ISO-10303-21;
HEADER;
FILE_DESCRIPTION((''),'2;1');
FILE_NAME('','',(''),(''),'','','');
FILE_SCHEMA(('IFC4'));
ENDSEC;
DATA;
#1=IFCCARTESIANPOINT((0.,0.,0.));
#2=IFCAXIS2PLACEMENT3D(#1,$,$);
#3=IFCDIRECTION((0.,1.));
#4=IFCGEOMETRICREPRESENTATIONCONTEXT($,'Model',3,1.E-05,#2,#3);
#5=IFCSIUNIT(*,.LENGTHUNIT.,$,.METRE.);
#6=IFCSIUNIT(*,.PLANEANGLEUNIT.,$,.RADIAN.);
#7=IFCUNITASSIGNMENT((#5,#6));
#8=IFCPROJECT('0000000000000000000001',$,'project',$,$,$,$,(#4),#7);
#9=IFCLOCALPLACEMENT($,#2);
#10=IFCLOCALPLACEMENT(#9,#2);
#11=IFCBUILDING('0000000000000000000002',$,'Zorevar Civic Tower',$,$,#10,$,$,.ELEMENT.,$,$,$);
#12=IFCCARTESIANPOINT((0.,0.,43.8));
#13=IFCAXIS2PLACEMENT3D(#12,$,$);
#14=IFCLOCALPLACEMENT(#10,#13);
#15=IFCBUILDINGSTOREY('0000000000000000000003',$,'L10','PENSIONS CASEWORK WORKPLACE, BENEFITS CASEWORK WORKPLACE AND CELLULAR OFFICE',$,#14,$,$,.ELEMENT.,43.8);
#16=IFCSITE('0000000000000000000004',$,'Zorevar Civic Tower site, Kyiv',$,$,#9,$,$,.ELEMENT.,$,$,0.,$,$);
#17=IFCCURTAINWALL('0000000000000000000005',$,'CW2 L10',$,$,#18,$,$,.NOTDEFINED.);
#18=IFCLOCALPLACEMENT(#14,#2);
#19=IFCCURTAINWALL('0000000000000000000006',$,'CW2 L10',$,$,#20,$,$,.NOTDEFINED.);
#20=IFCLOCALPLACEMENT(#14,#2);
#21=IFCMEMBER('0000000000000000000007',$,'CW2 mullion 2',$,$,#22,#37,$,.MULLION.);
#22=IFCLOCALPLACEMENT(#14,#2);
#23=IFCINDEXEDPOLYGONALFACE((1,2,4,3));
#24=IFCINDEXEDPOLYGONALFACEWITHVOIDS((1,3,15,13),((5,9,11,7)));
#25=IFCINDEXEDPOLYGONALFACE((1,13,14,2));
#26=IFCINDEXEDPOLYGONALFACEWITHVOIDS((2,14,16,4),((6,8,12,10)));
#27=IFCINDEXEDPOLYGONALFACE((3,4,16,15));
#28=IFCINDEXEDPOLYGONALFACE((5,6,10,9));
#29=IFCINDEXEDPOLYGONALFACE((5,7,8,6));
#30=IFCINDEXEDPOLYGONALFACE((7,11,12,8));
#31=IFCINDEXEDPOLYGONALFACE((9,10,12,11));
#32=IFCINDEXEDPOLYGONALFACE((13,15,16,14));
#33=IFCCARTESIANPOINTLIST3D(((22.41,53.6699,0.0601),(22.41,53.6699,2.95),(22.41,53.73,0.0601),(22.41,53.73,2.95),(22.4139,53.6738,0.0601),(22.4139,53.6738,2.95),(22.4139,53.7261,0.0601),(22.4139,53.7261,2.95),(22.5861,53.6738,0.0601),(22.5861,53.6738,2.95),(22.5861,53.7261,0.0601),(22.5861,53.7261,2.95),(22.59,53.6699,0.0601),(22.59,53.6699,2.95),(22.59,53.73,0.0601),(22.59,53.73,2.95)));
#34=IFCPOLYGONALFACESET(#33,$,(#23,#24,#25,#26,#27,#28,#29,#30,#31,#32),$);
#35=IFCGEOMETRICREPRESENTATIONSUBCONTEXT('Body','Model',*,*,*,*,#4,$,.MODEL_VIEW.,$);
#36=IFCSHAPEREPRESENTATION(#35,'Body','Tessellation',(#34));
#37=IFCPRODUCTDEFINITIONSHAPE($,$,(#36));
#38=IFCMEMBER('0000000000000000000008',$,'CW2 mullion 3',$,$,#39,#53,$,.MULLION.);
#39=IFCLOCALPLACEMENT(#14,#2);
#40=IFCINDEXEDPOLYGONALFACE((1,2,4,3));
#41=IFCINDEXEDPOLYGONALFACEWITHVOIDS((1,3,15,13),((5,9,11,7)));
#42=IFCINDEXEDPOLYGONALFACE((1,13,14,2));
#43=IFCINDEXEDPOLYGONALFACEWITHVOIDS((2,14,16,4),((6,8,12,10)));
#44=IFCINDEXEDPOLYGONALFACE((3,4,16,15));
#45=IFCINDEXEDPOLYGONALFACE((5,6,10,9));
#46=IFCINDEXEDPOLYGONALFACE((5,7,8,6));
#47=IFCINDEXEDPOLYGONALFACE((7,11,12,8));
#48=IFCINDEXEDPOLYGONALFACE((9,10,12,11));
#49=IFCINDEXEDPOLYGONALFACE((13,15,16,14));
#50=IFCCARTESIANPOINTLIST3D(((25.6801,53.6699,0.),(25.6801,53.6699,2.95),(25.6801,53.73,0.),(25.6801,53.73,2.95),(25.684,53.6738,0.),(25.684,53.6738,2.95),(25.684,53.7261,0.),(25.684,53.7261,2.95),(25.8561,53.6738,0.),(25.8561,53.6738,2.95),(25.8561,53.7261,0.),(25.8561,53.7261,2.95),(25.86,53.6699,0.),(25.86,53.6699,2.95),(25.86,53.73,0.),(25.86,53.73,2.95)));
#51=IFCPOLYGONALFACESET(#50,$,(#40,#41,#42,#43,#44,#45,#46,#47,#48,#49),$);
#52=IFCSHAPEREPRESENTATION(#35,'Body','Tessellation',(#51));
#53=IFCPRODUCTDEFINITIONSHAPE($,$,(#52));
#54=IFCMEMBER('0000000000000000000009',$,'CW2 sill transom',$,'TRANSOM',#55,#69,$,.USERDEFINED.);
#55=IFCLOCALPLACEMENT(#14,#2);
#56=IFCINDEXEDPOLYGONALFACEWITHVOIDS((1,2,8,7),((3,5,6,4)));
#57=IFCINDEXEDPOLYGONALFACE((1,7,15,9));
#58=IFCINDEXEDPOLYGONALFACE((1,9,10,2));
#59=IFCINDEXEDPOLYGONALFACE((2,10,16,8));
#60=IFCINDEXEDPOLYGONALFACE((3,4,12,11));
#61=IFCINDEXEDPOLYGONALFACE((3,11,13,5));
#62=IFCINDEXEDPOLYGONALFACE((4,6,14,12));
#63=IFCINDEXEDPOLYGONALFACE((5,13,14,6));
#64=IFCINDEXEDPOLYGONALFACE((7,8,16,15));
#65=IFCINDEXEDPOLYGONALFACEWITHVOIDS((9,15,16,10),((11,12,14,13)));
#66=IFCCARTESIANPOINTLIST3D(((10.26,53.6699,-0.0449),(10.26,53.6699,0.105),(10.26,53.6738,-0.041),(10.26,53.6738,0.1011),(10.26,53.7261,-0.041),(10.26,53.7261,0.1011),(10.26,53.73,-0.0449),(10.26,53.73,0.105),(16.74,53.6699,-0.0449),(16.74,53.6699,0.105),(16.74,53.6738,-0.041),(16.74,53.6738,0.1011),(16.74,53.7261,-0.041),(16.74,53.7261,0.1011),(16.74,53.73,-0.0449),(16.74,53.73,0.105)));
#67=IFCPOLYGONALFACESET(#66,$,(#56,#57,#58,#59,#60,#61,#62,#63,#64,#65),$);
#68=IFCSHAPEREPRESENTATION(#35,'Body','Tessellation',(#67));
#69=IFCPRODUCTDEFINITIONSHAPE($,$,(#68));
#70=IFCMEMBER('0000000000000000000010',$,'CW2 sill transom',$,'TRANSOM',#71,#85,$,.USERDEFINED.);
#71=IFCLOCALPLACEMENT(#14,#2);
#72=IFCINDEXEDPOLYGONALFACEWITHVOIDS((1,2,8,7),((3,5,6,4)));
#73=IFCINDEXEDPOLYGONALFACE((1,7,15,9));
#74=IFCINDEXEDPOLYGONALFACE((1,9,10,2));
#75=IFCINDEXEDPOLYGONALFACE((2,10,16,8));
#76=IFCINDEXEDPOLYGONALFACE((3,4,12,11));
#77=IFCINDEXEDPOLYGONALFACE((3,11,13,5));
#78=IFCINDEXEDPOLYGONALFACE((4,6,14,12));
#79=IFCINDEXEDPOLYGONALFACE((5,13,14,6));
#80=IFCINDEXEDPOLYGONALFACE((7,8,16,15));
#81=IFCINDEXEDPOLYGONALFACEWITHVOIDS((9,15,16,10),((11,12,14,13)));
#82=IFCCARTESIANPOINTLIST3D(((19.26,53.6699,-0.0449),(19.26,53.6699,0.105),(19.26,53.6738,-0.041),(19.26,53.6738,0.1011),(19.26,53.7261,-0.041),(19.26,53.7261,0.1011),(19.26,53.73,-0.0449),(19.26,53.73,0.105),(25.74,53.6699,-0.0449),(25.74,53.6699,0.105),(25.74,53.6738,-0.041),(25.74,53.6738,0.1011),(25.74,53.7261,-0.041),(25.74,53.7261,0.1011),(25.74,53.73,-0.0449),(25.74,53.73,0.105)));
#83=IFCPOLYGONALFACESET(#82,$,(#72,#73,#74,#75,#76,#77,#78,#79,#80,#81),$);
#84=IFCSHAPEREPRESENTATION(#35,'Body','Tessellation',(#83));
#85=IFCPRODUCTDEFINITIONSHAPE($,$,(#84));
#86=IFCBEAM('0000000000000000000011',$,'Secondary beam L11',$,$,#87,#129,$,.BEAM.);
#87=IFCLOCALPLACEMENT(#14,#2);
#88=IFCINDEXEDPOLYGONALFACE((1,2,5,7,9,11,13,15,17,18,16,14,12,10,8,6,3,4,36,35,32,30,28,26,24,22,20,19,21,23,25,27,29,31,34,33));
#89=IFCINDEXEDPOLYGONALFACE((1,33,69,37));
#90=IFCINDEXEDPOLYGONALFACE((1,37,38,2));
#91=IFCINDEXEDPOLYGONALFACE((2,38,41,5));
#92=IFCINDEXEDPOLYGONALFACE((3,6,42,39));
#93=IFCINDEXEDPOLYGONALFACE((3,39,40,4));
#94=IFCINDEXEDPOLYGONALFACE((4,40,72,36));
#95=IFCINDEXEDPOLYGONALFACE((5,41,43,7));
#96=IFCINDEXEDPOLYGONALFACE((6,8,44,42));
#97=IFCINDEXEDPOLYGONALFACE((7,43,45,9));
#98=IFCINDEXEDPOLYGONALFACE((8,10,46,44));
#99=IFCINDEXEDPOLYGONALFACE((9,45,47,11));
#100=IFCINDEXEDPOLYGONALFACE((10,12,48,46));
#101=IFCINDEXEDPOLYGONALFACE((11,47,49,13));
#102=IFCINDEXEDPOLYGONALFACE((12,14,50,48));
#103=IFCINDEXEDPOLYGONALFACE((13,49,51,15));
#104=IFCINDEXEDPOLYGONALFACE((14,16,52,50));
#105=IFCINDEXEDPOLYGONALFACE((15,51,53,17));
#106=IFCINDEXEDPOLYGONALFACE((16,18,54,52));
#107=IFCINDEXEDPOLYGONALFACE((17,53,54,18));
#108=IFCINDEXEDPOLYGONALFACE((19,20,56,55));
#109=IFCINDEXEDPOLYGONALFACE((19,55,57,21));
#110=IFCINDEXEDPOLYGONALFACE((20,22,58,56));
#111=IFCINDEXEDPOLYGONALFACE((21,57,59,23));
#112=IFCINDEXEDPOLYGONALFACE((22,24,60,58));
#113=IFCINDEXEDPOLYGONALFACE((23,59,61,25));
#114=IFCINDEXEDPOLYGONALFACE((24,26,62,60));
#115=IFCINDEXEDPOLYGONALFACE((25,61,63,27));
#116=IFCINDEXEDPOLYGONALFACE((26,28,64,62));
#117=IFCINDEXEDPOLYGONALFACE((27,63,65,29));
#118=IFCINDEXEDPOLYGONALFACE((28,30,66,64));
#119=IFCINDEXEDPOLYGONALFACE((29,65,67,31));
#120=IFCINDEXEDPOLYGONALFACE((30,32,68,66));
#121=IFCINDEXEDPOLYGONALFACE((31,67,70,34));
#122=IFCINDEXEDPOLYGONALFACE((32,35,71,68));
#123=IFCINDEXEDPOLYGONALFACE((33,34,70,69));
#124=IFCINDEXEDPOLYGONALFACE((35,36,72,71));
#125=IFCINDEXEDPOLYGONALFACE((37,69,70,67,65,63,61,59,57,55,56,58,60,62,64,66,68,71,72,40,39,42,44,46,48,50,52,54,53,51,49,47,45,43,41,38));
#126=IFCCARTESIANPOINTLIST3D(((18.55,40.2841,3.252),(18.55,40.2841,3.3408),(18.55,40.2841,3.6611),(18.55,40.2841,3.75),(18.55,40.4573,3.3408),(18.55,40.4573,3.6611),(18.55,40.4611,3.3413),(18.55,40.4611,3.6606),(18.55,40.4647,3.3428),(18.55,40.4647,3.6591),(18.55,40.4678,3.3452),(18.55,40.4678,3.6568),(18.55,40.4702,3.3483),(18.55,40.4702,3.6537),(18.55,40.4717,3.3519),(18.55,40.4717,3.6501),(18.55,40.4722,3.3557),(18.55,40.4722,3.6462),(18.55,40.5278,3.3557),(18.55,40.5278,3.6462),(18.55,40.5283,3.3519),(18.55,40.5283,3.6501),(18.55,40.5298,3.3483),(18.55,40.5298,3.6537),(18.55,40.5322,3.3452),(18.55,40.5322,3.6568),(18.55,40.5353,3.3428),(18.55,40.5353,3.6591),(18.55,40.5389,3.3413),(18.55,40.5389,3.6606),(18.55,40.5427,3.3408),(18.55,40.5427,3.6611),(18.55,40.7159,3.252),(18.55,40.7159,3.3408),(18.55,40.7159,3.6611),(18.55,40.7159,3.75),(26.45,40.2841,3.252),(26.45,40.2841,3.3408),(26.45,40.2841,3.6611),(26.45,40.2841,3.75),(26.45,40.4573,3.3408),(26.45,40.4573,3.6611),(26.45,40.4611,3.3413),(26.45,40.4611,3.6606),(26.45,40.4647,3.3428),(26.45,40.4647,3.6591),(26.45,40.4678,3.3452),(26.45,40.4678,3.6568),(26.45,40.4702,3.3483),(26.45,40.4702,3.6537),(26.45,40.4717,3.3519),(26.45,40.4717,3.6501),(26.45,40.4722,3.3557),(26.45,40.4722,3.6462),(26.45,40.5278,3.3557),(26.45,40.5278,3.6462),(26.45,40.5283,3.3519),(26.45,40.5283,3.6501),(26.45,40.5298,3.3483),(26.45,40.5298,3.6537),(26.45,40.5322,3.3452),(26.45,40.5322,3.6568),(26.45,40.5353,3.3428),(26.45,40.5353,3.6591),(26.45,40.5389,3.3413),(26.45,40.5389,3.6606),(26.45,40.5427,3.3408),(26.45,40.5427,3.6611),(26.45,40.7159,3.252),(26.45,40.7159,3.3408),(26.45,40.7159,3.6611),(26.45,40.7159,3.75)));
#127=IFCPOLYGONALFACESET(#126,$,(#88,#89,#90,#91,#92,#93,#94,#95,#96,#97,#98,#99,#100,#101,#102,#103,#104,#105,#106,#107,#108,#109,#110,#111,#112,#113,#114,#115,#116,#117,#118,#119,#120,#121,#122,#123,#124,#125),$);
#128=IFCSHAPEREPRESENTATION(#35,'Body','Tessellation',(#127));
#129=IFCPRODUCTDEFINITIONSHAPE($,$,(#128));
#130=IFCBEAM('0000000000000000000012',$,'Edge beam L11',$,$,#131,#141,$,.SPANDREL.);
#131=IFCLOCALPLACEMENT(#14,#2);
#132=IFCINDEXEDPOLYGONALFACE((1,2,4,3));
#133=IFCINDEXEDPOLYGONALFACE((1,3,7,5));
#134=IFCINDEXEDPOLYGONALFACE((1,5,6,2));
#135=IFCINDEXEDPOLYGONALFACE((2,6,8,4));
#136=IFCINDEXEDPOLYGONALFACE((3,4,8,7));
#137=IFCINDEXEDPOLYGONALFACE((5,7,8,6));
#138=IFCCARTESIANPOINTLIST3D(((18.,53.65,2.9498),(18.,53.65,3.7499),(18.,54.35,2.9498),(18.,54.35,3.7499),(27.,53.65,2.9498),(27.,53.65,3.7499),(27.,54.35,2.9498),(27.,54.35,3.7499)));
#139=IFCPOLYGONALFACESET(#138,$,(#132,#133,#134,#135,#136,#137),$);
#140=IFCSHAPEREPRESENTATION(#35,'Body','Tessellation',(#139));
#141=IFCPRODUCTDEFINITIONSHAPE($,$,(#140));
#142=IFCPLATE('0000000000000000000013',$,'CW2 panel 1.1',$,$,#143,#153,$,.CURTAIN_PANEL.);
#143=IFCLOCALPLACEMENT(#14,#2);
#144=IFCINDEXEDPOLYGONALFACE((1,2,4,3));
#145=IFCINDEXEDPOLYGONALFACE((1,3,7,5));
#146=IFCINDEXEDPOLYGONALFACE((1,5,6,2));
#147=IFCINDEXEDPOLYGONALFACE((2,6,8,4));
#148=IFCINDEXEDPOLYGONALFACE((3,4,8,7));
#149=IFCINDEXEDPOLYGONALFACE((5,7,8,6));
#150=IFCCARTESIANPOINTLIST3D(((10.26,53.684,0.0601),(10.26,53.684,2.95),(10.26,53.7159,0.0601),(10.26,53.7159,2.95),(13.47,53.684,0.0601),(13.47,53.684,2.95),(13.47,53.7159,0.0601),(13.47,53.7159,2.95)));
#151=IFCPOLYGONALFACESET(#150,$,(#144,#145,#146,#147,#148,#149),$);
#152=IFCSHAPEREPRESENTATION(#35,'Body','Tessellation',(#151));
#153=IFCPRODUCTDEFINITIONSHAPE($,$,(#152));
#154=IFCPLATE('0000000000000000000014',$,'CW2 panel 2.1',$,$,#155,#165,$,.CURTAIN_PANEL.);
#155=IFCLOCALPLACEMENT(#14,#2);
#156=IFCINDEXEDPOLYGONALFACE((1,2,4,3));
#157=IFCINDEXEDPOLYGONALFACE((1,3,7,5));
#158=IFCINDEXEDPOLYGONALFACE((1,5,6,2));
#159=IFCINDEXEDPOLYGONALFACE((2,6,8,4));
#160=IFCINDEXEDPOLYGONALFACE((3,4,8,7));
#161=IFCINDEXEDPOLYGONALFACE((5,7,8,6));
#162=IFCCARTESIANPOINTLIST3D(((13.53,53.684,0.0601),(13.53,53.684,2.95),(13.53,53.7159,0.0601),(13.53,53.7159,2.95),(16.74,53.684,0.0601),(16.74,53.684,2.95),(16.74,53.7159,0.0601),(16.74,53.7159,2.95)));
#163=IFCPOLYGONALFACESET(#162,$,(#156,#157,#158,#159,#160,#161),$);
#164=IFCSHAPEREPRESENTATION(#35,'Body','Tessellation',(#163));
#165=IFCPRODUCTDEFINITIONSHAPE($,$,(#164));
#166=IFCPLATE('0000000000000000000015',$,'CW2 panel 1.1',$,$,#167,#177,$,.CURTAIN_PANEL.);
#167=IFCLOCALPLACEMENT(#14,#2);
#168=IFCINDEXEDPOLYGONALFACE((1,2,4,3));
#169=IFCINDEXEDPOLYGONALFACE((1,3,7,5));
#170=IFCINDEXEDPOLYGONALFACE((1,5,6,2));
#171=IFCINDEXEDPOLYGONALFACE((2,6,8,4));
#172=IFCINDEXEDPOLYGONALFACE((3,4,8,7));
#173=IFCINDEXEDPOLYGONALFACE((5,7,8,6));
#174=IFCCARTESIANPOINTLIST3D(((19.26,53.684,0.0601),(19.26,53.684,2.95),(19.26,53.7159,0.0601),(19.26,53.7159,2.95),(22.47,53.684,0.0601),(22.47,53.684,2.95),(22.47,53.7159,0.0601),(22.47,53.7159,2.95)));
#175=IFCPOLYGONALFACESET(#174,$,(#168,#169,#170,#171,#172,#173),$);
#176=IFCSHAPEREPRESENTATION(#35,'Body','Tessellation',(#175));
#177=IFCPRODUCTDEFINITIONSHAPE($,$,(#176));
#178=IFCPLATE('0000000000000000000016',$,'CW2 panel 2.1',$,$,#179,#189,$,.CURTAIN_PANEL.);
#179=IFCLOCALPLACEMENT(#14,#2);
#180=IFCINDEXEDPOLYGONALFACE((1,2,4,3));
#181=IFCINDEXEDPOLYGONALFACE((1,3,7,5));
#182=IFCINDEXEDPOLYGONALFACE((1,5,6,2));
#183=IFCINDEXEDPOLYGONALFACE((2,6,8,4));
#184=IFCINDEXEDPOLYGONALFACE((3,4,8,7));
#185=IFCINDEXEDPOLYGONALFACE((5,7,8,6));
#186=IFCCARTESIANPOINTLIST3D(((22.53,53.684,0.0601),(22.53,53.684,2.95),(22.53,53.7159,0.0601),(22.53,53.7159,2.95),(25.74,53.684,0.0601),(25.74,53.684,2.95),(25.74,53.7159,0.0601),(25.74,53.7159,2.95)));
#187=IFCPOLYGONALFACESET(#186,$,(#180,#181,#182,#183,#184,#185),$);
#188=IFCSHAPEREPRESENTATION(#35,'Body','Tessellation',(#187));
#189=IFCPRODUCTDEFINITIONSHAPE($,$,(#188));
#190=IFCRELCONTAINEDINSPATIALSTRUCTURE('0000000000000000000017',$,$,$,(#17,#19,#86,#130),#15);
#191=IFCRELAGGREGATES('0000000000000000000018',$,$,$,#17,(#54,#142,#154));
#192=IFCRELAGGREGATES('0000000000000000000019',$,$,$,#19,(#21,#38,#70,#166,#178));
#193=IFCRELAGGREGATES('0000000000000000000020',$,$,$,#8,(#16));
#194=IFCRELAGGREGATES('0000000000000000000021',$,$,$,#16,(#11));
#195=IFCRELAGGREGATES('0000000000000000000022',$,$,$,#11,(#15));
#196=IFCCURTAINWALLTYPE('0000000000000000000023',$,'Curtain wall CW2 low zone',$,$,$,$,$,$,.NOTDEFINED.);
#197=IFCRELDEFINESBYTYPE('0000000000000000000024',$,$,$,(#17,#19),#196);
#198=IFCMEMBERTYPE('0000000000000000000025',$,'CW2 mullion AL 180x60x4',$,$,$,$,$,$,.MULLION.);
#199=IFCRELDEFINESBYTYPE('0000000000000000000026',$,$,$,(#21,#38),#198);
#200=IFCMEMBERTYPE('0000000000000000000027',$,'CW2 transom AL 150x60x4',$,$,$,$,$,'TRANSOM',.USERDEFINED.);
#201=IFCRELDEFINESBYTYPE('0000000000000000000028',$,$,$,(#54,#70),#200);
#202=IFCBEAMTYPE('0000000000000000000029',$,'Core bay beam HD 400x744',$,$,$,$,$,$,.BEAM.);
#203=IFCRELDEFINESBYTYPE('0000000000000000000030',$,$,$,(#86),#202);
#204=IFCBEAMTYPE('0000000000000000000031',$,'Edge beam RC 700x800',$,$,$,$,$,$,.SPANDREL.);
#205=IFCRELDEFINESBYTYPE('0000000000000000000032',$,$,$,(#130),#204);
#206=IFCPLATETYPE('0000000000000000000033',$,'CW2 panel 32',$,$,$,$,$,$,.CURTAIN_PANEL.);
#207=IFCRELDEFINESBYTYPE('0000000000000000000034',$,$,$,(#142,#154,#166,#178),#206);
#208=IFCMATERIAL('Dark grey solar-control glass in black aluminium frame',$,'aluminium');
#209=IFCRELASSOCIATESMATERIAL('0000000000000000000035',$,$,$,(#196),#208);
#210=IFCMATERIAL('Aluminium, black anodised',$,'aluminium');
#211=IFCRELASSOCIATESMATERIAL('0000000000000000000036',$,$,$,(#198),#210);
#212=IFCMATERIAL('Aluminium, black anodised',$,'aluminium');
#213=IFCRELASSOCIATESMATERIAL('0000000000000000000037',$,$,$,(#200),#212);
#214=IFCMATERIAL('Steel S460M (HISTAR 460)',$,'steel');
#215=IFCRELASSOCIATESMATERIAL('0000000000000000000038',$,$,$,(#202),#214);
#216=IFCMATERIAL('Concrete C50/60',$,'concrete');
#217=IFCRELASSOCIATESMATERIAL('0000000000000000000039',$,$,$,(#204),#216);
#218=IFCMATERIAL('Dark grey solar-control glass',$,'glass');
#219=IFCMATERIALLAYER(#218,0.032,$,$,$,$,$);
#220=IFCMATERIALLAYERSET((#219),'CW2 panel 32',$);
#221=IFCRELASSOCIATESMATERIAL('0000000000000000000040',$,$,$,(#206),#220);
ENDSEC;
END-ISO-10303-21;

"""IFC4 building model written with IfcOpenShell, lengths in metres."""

from ifc_helpers import new_model, si_unit, direction, frame, origin, origin_2d, place, context, subcontext, project, spatial, rectangle, hollow_rectangle, i_section, extrude, material, layer, layer_set, material_profile, profile_set, type_object, element, aggregate, save


model = new_model("IFC4")

# Units and contexts
model_context = context("Model", 3, precision=1e-05, world=origin(), true_north=direction((0.0, 1.0)))
body_context = subcontext(model_context, "Body", "Model", "MODEL_VIEW")
ifc_project = project(units=[si_unit("LENGTHUNIT", "METRE"), si_unit("PLANEANGLEUNIT", "RADIAN")], contexts=[model_context])

# Site, building, storey
site_placement = place(None, origin())
site = spatial("IfcSite", under=ifc_project, at=site_placement, Name="Zorevar Civic Tower site, Kyiv", CompositionType="ELEMENT", RefElevation=0.0)
building_placement = place(site_placement, origin())
building = spatial("IfcBuilding", under=site, at=building_placement, Name="Zorevar Civic Tower", CompositionType="ELEMENT")
storey_placement = place(building_placement, frame((0.0, 0.0, 43.8)))
storey = spatial("IfcBuildingStorey", under=building, at=storey_placement, Name="L10", Description="PENSIONS CASEWORK WORKPLACE, BENEFITS CASEWORK WORKPLACE AND CELLULAR OFFICE", CompositionType="ELEMENT", Elevation=43.8)

# Curtain walls, members
ifc_material_1 = material(Name="Dark grey solar-control glass in black aluminium frame", Category="aluminium")
curtain_wall_type = type_object("IfcCurtainWallType", Name="Curtain wall CW2 low zone", PredefinedType="NOTDEFINED", material=ifc_material_1)
curtain_wall_1_placement = place(storey_placement, origin())
curtain_wall_1 = element("IfcCurtainWall", 1, at=curtain_wall_1_placement, inside=storey, type_object=curtain_wall_type, Name="CW2 L10", PredefinedType="NOTDEFINED")
ifc_material_2 = material(Name="Aluminium, black anodised", Category="aluminium")
ifc_material_profile_1 = material_profile(ifc_material_2, hollow_rectangle(XDim=0.0601, YDim=0.1799, WallThickness=0.0039, at=origin_2d()), Name="AL 180x60x4")
ifc_profile_set_1 = profile_set([ifc_material_profile_1], Name="Aluminium, black anodised")
member_type_1 = type_object("IfcMemberType", Name="CW2 mullion AL 180x60x4", PredefinedType="MULLION", material=ifc_profile_set_1)
curtain_wall_2_placement = place(storey_placement, origin())
curtain_wall_2 = element("IfcCurtainWall", 2, at=curtain_wall_2_placement, inside=storey, type_object=curtain_wall_type, Name="CW2 L10", PredefinedType="NOTDEFINED")
member_1_placement = place(storey_placement, frame((22.5, 53.7, 0.0601), z_axis=(0.0, 0.0, 1.0), x_axis=(0.0, 1.0, 0.0)))
member_1 = element("IfcMember", 3, at=member_1_placement, type_object=member_type_1, Name="CW2 mullion 2", PredefinedType="MULLION", context=body_context, shape_type="SweptSolid", body=[
    extrude(hollow_rectangle(XDim=0.0601, YDim=0.1799, WallThickness=0.0039, at=origin_2d()), origin(), (0.0, 0.0, 1.0), 2.8899),
])
member_2_placement = place(storey_placement, frame((25.77, 53.7, 0.0), z_axis=(0.0, 0.0, 1.0), x_axis=(0.0, 1.0, 0.0)))
member_2 = element("IfcMember", 4, at=member_2_placement, type_object=member_type_1, Name="CW2 mullion 3", PredefinedType="MULLION", context=body_context, shape_type="SweptSolid", body=[
    extrude(hollow_rectangle(XDim=0.0601, YDim=0.1799, WallThickness=0.0039, at=origin_2d()), origin(), (0.0, 0.0, 1.0), 2.95),
])

# Members
ifc_material_3 = material(Name="Aluminium, black anodised", Category="aluminium")
ifc_material_profile_2 = material_profile(ifc_material_3, hollow_rectangle(XDim=0.0601, YDim=0.1499, WallThickness=0.0039, at=origin_2d()), Name="AL 150x60x4")
ifc_profile_set_2 = profile_set([ifc_material_profile_2], Name="Aluminium, black anodised")
member_type_2 = type_object("IfcMemberType", Name="CW2 transom AL 150x60x4", ElementType="TRANSOM", PredefinedType="USERDEFINED", material=ifc_profile_set_2)
member_3_placement = place(storey_placement, frame((10.26, 53.7, 0.03), z_axis=(1.0, 0.0, 0.0), x_axis=(0.0, 1.0, 0.0)))
member_3 = element("IfcMember", 5, at=member_3_placement, type_object=member_type_2, Name="CW2 sill transom", ObjectType="TRANSOM", PredefinedType="USERDEFINED", context=body_context, shape_type="SweptSolid", body=[
    extrude(hollow_rectangle(XDim=0.0601, YDim=0.1499, WallThickness=0.0039, at=origin_2d()), origin(), (0.0, 0.0, 1.0), 6.48),
])
member_4_placement = place(storey_placement, frame((19.26, 53.7, 0.03), z_axis=(1.0, 0.0, 0.0), x_axis=(0.0, 1.0, 0.0)))
member_4 = element("IfcMember", 6, at=member_4_placement, type_object=member_type_2, Name="CW2 sill transom", ObjectType="TRANSOM", PredefinedType="USERDEFINED", context=body_context, shape_type="SweptSolid", body=[
    extrude(hollow_rectangle(XDim=0.0601, YDim=0.1499, WallThickness=0.0039, at=origin_2d()), origin(), (0.0, 0.0, 1.0), 6.48),
])

# Beams
ifc_material_4 = material(Name="Steel S460M (HISTAR 460)", Category="steel")
ifc_material_profile_3 = material_profile(ifc_material_4, i_section(OverallWidth=0.4319, OverallDepth=0.498, WebThickness=0.0557, FlangeThickness=0.0889, FilletRadius=0.0149, at=origin_2d()), Name="HD 400x744")
ifc_profile_set_3 = profile_set([ifc_material_profile_3], Name="Steel S460M (HISTAR 460)")
beam_type_1 = type_object("IfcBeamType", Name="Core bay beam HD 400x744", PredefinedType="BEAM", material=ifc_profile_set_3)
beam_1_placement = place(storey_placement, frame((18.55, 40.5, 3.501), z_axis=(1.0, 0.0, 0.0), x_axis=(0.0, 1.0, 0.0)))
element("IfcBeam", 7, at=beam_1_placement, inside=storey, type_object=beam_type_1, Name="Secondary beam L11", PredefinedType="BEAM", context=body_context, shape_type="SweptSolid", body=[
    extrude(i_section(OverallWidth=0.4319, OverallDepth=0.498, WebThickness=0.0557, FlangeThickness=0.0889, FilletRadius=0.0149, at=origin_2d()), origin(), (0.0, 0.0, 1.0), 7.8999),
])
ifc_material_5 = material(Name="Concrete C50/60", Category="concrete")
ifc_material_profile_4 = material_profile(ifc_material_5, rectangle(XDim=0.7, YDim=0.8, at=origin_2d()), Name="RC 700x800")
ifc_profile_set_4 = profile_set([ifc_material_profile_4], Name="Concrete C50/60")
beam_type_2 = type_object("IfcBeamType", Name="Edge beam RC 700x800", PredefinedType="SPANDREL", material=ifc_profile_set_4)
beam_2_placement = place(storey_placement, frame((18.0, 54.0, 3.3499), z_axis=(1.0, 0.0, 0.0), x_axis=(0.0, 1.0, 0.0)))
element("IfcBeam", 8, at=beam_2_placement, inside=storey, type_object=beam_type_2, Name="Edge beam L11", PredefinedType="SPANDREL", context=body_context, shape_type="SweptSolid", body=[
    extrude(rectangle(XDim=0.7, YDim=0.8, at=origin_2d()), origin(), (0.0, 0.0, 1.0), 9.0),
])

# Plates
ifc_material_6 = material(Name="Dark grey solar-control glass", Category="glass")
ifc_layer_1 = layer(ifc_material_6, 0.032)
ifc_layer_set_1 = layer_set([ifc_layer_1], Name="CW2 panel 32")
plate_type = type_object("IfcPlateType", Name="CW2 panel 32", PredefinedType="CURTAIN_PANEL", material=ifc_layer_set_1)
plate_1_placement = place(storey_placement, frame((11.865, 53.7, 0.0601), z_axis=(0.0, 0.0, 1.0), x_axis=(1.0, 0.0, 0.0)))
plate_1 = element("IfcPlate", 9, at=plate_1_placement, type_object=plate_type, Name="CW2 panel 1.1", PredefinedType="CURTAIN_PANEL", context=body_context, shape_type="SweptSolid", body=[
    extrude(rectangle(XDim=3.21, YDim=0.032, at=origin_2d()), origin(), (0.0, 0.0, 1.0), 2.8899),
])
plate_2_placement = place(storey_placement, frame((15.135, 53.7, 0.0601), z_axis=(0.0, 0.0, 1.0), x_axis=(1.0, 0.0, 0.0)))
plate_2 = element("IfcPlate", 10, at=plate_2_placement, type_object=plate_type, Name="CW2 panel 2.1", PredefinedType="CURTAIN_PANEL", context=body_context, shape_type="SweptSolid", body=[
    extrude(rectangle(XDim=3.21, YDim=0.032, at=origin_2d()), origin(), (0.0, 0.0, 1.0), 2.8899),
])
aggregate(curtain_wall_1, [member_3, plate_1, plate_2])
plate_3_placement = place(storey_placement, frame((20.865, 53.7, 0.0601), z_axis=(0.0, 0.0, 1.0), x_axis=(1.0, 0.0, 0.0)))
plate_3 = element("IfcPlate", 11, at=plate_3_placement, type_object=plate_type, Name="CW2 panel 1.1", PredefinedType="CURTAIN_PANEL", context=body_context, shape_type="SweptSolid", body=[
    extrude(rectangle(XDim=3.21, YDim=0.032, at=origin_2d()), origin(), (0.0, 0.0, 1.0), 2.8899),
])
plate_4_placement = place(storey_placement, frame((24.135, 53.7, 0.0601), z_axis=(0.0, 0.0, 1.0), x_axis=(1.0, 0.0, 0.0)))
plate_4 = element("IfcPlate", 12, at=plate_4_placement, type_object=plate_type, Name="CW2 panel 2.1", PredefinedType="CURTAIN_PANEL", context=body_context, shape_type="SweptSolid", body=[
    extrude(rectangle(XDim=3.21, YDim=0.032, at=origin_2d()), origin(), (0.0, 0.0, 1.0), 2.8899),
])
aggregate(curtain_wall_2, [member_1, member_2, member_4, plate_3, plate_4])

save(model, "model.ifc")
